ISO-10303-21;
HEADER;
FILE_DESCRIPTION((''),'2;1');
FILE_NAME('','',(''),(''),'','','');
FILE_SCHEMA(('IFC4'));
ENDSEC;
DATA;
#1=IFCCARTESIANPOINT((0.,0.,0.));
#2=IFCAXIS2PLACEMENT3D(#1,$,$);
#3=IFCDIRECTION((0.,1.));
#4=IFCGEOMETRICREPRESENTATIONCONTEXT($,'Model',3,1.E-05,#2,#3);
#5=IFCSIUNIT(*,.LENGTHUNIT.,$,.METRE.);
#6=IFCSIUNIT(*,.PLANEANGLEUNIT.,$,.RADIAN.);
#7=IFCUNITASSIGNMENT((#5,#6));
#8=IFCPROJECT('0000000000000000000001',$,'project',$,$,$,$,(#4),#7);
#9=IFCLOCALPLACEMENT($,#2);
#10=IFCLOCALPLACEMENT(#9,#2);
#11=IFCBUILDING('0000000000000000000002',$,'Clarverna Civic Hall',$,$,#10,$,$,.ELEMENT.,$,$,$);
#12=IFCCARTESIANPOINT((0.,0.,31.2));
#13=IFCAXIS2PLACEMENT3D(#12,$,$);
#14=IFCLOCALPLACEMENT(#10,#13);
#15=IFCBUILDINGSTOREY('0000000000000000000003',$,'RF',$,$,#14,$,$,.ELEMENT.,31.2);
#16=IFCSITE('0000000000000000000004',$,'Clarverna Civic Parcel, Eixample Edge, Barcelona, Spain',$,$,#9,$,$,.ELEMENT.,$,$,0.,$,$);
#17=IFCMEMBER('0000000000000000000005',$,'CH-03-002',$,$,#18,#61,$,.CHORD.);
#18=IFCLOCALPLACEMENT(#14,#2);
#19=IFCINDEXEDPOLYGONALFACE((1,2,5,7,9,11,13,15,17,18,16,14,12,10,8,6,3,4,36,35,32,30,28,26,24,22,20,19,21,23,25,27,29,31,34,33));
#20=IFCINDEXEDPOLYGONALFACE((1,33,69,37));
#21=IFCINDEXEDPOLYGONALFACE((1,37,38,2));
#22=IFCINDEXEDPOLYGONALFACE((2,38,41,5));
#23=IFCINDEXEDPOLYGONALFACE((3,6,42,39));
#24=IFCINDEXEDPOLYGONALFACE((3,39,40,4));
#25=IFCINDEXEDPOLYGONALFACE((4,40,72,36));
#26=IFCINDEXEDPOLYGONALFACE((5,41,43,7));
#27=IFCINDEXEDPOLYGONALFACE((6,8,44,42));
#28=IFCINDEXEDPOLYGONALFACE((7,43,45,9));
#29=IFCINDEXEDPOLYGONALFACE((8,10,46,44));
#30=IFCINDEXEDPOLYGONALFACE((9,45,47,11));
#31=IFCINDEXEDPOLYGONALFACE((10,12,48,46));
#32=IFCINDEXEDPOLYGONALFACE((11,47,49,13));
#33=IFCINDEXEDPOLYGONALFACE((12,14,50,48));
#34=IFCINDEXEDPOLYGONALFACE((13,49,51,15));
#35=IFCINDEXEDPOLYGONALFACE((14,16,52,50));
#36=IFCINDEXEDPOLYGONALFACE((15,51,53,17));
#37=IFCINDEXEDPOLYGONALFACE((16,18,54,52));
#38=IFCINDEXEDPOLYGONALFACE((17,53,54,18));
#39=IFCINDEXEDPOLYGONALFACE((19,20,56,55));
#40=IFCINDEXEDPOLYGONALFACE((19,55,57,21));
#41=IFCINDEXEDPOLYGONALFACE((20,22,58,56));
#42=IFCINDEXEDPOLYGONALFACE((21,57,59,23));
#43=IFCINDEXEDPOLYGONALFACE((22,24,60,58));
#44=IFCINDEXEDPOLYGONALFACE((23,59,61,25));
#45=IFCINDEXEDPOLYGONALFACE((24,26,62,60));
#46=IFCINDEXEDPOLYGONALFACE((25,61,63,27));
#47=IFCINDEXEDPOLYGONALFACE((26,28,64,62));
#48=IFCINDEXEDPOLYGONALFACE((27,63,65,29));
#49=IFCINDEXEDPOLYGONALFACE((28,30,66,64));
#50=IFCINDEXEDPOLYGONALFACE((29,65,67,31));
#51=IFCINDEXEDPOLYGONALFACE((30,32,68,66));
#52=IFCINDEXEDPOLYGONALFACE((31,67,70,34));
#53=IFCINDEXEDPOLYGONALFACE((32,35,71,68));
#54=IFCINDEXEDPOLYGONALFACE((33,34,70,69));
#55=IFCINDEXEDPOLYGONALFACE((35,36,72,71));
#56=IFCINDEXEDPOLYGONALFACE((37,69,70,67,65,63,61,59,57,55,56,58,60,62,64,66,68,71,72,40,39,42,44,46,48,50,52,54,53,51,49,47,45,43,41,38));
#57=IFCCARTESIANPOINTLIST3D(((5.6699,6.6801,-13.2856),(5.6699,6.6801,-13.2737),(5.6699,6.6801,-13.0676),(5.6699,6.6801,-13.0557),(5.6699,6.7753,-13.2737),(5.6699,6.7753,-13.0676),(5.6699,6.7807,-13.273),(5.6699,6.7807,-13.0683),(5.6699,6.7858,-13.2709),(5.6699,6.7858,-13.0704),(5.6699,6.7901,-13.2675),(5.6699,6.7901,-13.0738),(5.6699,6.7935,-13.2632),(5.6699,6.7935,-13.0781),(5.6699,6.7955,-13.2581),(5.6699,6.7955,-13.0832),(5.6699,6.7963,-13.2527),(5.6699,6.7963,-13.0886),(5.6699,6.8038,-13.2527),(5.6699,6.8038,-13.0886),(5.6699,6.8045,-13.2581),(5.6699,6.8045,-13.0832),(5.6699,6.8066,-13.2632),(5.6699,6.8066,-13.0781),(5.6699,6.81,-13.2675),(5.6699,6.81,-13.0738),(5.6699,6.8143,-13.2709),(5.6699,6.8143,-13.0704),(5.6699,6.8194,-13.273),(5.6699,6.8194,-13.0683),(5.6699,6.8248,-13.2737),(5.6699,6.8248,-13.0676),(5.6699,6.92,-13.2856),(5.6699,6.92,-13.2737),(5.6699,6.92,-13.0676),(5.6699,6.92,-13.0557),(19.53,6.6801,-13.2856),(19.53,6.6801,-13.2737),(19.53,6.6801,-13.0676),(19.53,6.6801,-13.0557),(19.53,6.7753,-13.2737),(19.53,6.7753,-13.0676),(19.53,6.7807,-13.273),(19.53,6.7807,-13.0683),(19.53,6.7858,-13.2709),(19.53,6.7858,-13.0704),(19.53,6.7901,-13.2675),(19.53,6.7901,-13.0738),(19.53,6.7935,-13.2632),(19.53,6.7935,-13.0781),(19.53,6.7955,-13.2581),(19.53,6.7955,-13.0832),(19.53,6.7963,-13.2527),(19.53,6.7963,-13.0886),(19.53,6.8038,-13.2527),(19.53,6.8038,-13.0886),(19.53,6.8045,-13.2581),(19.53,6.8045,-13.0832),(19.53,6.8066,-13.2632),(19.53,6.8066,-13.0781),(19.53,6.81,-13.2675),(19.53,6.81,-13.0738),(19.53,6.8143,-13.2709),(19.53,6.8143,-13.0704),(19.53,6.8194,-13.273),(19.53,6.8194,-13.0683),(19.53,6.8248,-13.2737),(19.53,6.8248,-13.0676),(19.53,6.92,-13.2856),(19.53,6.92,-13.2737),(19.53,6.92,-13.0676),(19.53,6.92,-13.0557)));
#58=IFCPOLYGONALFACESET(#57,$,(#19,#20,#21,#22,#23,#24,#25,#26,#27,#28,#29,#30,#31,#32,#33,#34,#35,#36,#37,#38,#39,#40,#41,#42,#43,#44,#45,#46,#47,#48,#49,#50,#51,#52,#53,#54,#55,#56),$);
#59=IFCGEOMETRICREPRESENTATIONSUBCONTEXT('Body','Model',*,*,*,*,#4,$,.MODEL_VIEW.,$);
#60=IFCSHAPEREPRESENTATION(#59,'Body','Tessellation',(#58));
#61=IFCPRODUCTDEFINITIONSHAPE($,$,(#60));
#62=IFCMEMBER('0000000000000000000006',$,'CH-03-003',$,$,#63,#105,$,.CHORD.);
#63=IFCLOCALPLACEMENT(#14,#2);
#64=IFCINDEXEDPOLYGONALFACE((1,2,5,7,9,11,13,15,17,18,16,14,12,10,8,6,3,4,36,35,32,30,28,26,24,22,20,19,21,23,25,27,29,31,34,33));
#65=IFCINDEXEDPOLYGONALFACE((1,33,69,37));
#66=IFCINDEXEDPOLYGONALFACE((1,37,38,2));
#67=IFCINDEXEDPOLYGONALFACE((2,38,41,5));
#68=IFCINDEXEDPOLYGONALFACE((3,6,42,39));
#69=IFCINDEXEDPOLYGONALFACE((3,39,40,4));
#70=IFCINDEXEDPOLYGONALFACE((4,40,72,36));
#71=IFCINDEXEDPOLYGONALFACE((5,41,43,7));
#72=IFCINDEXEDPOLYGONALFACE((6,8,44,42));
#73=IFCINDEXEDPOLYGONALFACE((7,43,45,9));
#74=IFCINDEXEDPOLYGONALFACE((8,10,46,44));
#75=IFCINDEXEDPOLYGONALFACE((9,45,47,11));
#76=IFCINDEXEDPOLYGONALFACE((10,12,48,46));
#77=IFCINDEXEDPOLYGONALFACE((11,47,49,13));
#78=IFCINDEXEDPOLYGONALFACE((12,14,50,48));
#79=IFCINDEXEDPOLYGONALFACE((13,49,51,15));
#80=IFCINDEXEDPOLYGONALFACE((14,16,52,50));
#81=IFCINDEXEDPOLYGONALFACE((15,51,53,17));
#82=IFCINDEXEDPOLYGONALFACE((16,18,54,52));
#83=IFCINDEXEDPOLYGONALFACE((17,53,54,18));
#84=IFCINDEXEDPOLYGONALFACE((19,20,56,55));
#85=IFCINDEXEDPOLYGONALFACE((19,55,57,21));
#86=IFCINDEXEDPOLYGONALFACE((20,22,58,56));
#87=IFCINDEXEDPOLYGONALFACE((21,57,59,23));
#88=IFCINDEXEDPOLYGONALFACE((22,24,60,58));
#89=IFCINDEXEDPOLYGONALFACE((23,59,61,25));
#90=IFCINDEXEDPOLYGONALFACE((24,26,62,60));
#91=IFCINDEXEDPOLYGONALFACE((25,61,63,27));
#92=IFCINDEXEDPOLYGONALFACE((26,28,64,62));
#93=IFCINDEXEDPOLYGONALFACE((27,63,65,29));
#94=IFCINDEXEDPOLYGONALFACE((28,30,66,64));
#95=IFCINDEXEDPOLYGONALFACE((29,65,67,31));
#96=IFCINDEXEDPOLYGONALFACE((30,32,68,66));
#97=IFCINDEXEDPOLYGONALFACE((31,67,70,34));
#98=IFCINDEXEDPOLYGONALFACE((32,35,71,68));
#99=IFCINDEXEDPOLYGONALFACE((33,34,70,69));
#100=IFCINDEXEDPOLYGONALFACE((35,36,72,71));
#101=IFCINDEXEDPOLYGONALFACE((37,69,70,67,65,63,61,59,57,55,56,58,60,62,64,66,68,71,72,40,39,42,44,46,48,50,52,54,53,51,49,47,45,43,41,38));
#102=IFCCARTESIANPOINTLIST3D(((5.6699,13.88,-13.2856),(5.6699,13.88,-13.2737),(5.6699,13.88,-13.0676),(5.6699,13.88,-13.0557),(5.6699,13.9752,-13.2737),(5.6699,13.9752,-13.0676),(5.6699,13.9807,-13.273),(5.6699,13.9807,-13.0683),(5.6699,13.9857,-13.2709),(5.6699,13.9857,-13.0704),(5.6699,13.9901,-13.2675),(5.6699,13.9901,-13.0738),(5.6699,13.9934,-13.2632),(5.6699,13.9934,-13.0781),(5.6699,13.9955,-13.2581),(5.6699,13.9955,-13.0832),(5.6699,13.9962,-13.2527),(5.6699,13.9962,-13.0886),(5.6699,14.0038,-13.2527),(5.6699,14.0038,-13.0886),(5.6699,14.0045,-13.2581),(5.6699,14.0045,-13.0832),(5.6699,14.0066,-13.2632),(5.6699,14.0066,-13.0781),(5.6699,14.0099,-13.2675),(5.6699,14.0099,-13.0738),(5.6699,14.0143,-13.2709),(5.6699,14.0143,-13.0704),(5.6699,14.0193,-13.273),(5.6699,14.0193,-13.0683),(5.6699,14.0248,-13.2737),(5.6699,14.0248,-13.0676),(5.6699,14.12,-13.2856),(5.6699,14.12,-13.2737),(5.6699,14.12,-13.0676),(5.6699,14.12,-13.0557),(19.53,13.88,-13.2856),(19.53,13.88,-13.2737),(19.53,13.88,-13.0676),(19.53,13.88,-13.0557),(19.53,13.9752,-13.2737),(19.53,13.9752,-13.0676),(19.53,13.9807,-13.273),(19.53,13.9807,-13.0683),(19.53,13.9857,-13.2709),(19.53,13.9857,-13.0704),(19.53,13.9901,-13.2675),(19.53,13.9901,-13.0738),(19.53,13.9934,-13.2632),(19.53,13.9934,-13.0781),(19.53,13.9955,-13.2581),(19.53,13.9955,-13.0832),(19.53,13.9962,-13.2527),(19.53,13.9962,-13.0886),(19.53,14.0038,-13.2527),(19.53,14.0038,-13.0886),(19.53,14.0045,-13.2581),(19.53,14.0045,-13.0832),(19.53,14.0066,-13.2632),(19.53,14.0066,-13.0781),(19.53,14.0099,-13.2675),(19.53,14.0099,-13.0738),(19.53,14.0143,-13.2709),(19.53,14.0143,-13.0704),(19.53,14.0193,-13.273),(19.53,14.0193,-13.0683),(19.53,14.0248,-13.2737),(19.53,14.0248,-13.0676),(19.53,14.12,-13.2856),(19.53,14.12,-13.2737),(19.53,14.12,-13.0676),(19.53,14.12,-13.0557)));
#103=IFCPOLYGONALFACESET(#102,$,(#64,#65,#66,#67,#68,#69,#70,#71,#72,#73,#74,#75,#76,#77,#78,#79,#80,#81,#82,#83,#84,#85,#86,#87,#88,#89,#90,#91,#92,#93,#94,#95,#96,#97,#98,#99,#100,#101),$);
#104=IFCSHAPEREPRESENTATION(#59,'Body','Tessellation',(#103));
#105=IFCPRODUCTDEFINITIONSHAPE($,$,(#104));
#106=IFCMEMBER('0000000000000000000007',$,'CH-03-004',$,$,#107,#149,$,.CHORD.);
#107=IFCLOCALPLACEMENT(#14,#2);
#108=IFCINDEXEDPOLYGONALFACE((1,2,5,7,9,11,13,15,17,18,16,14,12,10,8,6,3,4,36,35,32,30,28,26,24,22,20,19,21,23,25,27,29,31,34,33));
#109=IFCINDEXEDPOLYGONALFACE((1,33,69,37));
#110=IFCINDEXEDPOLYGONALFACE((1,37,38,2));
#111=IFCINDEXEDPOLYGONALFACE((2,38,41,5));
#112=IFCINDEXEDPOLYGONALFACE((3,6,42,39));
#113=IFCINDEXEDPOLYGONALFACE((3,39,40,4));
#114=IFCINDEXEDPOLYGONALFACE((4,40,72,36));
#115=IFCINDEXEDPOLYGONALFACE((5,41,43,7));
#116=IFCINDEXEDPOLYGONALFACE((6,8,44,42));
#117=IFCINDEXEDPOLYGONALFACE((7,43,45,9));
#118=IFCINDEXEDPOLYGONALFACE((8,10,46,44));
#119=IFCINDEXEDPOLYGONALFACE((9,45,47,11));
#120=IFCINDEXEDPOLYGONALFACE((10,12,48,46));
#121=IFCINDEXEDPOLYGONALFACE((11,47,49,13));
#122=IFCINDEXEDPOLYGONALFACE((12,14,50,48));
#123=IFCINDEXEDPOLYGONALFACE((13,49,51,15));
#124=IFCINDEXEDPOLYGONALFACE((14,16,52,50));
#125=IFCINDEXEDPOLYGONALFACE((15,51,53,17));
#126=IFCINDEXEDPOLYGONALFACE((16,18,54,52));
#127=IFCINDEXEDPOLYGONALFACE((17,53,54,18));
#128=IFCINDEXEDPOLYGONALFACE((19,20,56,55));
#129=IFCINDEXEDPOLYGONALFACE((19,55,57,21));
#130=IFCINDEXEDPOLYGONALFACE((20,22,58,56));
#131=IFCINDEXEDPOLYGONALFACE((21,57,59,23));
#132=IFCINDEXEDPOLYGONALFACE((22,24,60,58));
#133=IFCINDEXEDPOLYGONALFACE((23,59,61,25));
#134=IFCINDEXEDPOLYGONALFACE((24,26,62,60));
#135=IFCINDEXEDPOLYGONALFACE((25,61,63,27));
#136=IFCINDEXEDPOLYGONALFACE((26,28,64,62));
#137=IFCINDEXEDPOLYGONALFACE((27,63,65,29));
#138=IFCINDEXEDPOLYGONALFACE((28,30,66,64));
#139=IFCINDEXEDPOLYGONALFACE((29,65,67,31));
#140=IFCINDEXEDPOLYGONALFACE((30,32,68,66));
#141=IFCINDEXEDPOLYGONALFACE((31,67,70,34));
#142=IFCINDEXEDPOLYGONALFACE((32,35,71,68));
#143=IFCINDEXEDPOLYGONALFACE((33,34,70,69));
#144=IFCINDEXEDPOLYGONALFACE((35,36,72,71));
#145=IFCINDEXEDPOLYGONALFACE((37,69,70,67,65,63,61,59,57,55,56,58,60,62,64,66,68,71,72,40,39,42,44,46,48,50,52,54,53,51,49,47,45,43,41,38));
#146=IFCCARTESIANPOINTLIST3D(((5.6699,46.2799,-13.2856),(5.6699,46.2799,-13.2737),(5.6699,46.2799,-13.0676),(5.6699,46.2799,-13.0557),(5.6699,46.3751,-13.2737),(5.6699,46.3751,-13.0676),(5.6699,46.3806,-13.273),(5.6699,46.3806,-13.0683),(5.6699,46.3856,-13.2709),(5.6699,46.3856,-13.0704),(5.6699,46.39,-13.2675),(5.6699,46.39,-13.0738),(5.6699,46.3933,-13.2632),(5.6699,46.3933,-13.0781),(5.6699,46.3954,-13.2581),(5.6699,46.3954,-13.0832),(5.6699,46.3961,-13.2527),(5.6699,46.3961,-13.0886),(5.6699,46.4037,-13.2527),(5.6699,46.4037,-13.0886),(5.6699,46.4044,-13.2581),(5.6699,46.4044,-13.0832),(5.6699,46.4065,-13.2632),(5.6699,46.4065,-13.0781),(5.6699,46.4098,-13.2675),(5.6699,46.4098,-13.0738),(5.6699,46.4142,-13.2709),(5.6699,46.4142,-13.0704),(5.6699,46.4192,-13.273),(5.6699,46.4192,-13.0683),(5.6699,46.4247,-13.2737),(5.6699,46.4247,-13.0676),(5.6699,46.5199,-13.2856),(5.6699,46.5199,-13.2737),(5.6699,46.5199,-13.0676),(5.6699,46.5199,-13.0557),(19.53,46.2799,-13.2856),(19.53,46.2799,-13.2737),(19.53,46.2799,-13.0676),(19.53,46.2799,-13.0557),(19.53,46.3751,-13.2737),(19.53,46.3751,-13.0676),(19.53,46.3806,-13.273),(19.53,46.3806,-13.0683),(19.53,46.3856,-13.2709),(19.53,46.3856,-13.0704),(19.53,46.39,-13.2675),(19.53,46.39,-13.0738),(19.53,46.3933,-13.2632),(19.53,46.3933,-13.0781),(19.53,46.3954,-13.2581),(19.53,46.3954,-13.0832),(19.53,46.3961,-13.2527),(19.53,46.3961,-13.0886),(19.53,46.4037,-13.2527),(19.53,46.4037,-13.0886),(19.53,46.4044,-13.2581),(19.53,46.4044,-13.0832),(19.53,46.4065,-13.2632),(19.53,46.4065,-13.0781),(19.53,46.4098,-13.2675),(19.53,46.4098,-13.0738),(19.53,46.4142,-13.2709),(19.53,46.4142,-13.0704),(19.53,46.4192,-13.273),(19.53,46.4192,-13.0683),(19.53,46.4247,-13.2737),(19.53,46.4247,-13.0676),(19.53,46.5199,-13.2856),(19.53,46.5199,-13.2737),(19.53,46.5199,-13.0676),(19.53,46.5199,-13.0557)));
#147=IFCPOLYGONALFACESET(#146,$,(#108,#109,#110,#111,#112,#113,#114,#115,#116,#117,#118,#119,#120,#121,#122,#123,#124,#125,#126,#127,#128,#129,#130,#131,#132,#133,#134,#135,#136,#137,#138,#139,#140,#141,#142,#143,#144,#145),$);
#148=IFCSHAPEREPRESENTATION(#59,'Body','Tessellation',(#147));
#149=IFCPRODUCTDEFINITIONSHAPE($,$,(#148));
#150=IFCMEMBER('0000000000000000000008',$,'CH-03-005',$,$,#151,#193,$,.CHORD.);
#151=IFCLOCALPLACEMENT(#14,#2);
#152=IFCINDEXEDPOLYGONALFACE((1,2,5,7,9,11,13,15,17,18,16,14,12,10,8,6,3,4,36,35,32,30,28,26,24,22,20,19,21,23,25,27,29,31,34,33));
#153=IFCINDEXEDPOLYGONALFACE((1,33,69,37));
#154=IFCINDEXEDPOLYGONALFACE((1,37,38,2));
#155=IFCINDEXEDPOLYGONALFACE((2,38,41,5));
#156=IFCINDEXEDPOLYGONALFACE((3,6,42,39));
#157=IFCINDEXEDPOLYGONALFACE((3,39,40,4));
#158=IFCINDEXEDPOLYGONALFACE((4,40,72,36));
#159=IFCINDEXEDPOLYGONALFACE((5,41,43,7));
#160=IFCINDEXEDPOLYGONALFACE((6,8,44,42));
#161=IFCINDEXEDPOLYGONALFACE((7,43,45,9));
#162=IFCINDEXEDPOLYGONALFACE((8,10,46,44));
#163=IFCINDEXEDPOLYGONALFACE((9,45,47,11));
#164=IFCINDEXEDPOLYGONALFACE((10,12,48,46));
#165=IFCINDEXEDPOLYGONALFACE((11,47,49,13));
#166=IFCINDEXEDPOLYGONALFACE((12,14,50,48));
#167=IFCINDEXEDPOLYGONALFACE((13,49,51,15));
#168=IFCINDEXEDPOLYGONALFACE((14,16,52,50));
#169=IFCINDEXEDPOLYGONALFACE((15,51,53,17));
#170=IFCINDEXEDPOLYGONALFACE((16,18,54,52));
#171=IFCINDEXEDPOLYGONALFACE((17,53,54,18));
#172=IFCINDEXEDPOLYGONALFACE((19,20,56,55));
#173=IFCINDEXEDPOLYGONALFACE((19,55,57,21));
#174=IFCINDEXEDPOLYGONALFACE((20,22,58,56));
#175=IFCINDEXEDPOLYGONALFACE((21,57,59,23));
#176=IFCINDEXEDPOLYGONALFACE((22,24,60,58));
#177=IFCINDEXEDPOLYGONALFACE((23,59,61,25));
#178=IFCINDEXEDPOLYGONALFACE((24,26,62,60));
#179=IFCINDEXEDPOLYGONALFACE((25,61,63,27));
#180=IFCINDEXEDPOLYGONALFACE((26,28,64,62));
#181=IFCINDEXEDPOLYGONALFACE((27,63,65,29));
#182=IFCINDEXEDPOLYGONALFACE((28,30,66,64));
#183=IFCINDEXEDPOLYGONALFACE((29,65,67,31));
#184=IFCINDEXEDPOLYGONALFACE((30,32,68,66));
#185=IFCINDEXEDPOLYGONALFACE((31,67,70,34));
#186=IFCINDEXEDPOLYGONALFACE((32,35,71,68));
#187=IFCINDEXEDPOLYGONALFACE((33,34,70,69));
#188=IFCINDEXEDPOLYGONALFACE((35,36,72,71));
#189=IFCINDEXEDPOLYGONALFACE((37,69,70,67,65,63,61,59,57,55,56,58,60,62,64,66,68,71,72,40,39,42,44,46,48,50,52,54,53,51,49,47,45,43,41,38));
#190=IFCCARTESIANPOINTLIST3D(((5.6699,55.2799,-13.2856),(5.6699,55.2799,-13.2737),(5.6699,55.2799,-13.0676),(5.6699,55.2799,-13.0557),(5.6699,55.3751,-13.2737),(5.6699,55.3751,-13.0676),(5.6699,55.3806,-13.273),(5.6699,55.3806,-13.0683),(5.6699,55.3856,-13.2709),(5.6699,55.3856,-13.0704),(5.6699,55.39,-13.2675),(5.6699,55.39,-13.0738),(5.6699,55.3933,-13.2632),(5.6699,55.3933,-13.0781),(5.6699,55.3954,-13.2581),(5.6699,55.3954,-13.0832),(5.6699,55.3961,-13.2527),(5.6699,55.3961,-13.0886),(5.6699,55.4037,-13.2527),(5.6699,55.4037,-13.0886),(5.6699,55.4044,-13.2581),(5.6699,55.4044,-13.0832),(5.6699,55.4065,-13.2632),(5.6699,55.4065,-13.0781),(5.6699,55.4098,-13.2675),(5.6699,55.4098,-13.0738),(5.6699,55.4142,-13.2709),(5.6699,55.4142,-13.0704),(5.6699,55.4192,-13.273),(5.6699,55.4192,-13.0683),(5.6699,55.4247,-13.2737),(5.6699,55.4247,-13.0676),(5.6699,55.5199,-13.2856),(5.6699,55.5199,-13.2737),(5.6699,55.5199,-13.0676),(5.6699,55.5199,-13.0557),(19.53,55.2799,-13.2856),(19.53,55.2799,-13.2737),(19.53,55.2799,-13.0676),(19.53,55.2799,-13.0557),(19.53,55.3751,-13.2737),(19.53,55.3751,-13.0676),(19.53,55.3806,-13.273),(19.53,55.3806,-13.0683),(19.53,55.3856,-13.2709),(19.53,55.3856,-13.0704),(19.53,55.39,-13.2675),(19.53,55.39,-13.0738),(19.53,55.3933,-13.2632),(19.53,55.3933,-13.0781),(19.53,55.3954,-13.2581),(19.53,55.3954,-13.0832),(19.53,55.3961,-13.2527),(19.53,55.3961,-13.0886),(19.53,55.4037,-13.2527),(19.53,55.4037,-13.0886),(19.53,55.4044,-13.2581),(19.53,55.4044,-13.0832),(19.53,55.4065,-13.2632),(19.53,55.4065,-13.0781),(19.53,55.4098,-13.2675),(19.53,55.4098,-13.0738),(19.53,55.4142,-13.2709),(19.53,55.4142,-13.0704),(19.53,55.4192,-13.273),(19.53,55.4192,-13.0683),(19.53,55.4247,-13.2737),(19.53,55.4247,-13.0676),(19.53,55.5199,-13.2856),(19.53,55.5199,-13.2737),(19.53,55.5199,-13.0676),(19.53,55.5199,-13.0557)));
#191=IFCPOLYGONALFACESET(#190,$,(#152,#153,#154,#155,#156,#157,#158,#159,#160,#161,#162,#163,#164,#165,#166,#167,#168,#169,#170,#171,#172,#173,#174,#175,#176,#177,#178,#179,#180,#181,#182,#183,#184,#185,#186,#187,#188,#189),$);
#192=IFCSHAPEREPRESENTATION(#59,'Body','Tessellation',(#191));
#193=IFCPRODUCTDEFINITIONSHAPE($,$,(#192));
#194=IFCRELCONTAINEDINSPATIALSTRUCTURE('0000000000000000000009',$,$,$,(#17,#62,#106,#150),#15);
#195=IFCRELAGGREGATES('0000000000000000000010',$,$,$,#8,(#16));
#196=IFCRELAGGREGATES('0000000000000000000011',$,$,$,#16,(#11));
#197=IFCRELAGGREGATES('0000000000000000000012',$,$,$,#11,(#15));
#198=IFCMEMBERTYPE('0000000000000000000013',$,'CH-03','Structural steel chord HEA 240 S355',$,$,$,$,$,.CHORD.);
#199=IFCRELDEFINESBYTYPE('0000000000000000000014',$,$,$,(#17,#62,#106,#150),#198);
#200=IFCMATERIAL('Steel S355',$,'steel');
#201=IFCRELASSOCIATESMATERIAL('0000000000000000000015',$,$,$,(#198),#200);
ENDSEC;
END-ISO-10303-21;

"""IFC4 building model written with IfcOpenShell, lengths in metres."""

from ifc_helpers import new_model, si_unit, direction, frame, origin, origin_2d, place, context, subcontext, project, spatial, i_section, extrude, material, material_profile, profile_set, type_object, element, save


model = new_model("IFC4")

# Units and contexts
model_context = context("Model", 3, precision=1e-05, world=origin(), true_north=direction((0.0, 1.0)))
body_context = subcontext(model_context, "Body", "Model", "MODEL_VIEW")
ifc_project = project(units=[si_unit("LENGTHUNIT", "METRE"), si_unit("PLANEANGLEUNIT", "RADIAN")], contexts=[model_context])

# Site, building, storey
site_placement = place(None, origin())
site = spatial("IfcSite", under=ifc_project, at=site_placement, Name="Clarverna Civic Parcel, Eixample Edge, Barcelona, Spain", CompositionType="ELEMENT", RefElevation=0.0)
building_placement = place(site_placement, origin())
building = spatial("IfcBuilding", under=site, at=building_placement, Name="Clarverna Civic Hall", CompositionType="ELEMENT")
storey_placement = place(building_placement, frame((0.0, 0.0, 31.2)))
storey = spatial("IfcBuildingStorey", under=building, at=storey_placement, Name="RF", CompositionType="ELEMENT", Elevation=31.2)

# Members
ifc_material_1 = material(Name="Steel S355", Category="steel")
ifc_material_profile_1 = material_profile(ifc_material_1, i_section(OverallWidth=0.24, OverallDepth=0.23, WebThickness=0.0076, FlangeThickness=0.012, FilletRadius=0.021, at=origin_2d()), Name="HEA 240")
ifc_profile_set_1 = profile_set([ifc_material_profile_1], Name="Steel S355")
member_type_1 = type_object("IfcMemberType", Name="CH-03", Description="Structural steel chord HEA 240 S355", PredefinedType="CHORD", material=ifc_profile_set_1)
for number, where, z_axis, x_axis, name in (
    (1, (5.6699, 6.8, -13.1707), (1.0, 0.0, 0.0), (0.0, 1.0, 0.0), "CH-03-002"),
    (2, (5.6699, 14.0, -13.1707), (1.0, 0.0, 0.0), (0.0, 1.0, 0.0), "CH-03-003"),
    (3, (5.6699, 46.3999, -13.1707), (1.0, 0.0, 0.0), (0.0, 1.0, 0.0), "CH-03-004"),
    (4, (5.6699, 55.3999, -13.1707), (1.0, 0.0, 0.0), (0.0, 1.0, 0.0), "CH-03-005"),
):
    element("IfcMember", number, at=place(storey_placement, frame(where, z_axis=z_axis, x_axis=x_axis)), inside=storey, type_object=member_type_1, Name=name, PredefinedType="CHORD", context=body_context, shape_type="SweptSolid", body=[
        extrude(i_section(OverallWidth=0.24, OverallDepth=0.23, WebThickness=0.0076, FlangeThickness=0.012, FilletRadius=0.021, at=origin_2d()), origin(), (0.0, 0.0, 1.0), 13.8601),
    ])

save(model, "model.ifc")
